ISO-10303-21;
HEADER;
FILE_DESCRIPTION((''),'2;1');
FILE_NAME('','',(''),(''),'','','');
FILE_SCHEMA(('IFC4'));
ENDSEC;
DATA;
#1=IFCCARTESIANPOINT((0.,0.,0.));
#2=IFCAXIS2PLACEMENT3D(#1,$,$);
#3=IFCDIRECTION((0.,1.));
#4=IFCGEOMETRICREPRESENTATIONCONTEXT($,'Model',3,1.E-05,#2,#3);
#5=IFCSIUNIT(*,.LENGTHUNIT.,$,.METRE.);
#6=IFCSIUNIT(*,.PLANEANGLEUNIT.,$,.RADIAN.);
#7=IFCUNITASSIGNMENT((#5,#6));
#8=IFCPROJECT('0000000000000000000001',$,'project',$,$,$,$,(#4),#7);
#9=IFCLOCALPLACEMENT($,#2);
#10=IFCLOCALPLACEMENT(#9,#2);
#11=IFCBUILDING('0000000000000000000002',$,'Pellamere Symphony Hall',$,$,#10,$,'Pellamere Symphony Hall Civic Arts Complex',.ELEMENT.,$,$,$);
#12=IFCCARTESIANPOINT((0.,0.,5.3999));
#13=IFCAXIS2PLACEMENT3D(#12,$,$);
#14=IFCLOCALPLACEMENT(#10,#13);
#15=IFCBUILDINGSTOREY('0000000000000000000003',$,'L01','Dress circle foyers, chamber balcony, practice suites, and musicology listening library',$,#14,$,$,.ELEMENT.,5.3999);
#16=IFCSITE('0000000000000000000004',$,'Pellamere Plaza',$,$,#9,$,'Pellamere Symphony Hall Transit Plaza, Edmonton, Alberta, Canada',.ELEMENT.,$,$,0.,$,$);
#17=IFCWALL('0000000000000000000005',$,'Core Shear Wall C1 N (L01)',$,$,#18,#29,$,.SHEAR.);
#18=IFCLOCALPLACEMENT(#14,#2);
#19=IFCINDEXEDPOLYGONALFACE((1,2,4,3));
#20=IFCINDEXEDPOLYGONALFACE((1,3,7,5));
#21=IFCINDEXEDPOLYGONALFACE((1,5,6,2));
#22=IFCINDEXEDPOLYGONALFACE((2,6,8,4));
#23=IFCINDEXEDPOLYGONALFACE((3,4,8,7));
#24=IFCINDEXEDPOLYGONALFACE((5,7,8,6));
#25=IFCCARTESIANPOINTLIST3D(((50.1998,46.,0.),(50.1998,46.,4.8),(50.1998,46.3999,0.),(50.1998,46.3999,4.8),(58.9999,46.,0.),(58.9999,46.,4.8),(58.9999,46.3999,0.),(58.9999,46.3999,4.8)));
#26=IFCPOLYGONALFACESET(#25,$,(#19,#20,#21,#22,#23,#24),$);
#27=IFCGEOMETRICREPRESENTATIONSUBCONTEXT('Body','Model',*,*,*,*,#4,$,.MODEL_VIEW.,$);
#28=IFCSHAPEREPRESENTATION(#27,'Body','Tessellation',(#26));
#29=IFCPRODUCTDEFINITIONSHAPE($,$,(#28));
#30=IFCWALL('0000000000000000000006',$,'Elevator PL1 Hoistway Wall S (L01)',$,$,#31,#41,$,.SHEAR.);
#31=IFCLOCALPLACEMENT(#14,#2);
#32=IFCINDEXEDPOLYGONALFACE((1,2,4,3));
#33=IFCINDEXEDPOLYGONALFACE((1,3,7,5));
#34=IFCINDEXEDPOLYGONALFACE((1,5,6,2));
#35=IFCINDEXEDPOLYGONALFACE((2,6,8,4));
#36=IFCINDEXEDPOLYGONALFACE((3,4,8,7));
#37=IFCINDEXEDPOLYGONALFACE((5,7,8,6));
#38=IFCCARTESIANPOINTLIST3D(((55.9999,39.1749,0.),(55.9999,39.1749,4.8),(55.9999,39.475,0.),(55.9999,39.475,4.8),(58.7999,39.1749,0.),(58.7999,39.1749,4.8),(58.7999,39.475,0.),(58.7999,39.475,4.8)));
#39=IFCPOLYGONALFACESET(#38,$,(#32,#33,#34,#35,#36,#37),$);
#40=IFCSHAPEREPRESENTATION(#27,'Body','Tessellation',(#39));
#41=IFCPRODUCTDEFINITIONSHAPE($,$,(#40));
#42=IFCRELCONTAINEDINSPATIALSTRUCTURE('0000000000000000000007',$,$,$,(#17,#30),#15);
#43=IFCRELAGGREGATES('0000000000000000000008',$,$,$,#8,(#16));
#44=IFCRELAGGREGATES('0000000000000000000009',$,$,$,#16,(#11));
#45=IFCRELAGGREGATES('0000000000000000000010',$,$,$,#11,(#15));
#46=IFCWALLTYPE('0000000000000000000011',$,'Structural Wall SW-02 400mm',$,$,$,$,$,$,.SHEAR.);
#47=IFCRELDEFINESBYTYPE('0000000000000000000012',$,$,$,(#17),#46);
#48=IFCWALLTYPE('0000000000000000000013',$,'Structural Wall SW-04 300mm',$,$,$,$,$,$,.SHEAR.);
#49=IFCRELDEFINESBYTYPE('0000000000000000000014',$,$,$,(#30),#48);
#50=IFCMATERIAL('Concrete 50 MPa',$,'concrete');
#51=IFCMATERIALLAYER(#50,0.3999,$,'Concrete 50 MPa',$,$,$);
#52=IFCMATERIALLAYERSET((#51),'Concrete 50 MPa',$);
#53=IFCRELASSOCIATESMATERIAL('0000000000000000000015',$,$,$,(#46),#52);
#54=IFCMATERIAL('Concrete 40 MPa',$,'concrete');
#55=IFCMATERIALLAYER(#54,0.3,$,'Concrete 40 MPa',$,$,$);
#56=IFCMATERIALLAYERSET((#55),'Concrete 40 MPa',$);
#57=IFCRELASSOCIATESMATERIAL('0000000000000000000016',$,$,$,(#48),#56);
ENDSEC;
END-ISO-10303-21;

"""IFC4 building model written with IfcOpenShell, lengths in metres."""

from ifc_helpers import new_model, si_unit, direction, frame, frame_2d, origin, place, context, subcontext, project, spatial, rectangle, extrude, material, layer, layer_set, type_object, element, save


model = new_model("IFC4")

# Units and contexts
model_context = context("Model", 3, precision=1e-05, world=origin(), true_north=direction((0.0, 1.0)))
body_context = subcontext(model_context, "Body", "Model", "MODEL_VIEW")
ifc_project = project(units=[si_unit("LENGTHUNIT", "METRE"), si_unit("PLANEANGLEUNIT", "RADIAN")], contexts=[model_context])

# Site, building, storey
site_placement = place(None, origin())
site = spatial("IfcSite", under=ifc_project, at=site_placement, Name="Pellamere Plaza", LongName="Pellamere Symphony Hall Transit Plaza, Edmonton, Alberta, Canada", CompositionType="ELEMENT", RefElevation=0.0)
building_placement = place(site_placement, origin())
building = spatial("IfcBuilding", under=site, at=building_placement, Name="Pellamere Symphony Hall", LongName="Pellamere Symphony Hall Civic Arts Complex", CompositionType="ELEMENT")
storey_placement = place(building_placement, frame((0.0, 0.0, 5.3999)))
storey = spatial("IfcBuildingStorey", under=building, at=storey_placement, Name="L01", Description="Dress circle foyers, chamber balcony, practice suites, and musicology listening library", CompositionType="ELEMENT", Elevation=5.3999)

# Shared definitions
ifc_material_1 = material(Name="Concrete 40 MPa", Category="concrete")

# Walls
ifc_material_2 = material(Name="Concrete 50 MPa", Category="concrete")
ifc_layer_1 = layer(ifc_material_2, 0.3999, Name="Concrete 50 MPa")
ifc_layer_set_1 = layer_set([ifc_layer_1], Name="Concrete 50 MPa")
wall_type_1 = type_object("IfcWallType", Name="Structural Wall SW-02 400mm", PredefinedType="SHEAR", material=ifc_layer_set_1)
wall_1_placement = place(storey_placement, frame((50.2, 46.2, 0.0), z_axis=(0.0, 0.0, 1.0), x_axis=(1.0, 0.0, 0.0)))
element("IfcWall", 1, at=wall_1_placement, inside=storey, type_object=wall_type_1, Name="Core Shear Wall C1 N (L01)", PredefinedType="SHEAR", context=body_context, shape_type="SweptSolid", body=[
    extrude(rectangle(XDim=8.8, YDim=0.3999, at=frame_2d((4.3999, 0.0))), origin(), (0.0, 0.0, 1.0), 4.8),
])
ifc_layer_2 = layer(ifc_material_1, 0.3, Name="Concrete 40 MPa")
ifc_layer_set_2 = layer_set([ifc_layer_2], Name="Concrete 40 MPa")
wall_type_2 = type_object("IfcWallType", Name="Structural Wall SW-04 300mm", PredefinedType="SHEAR", material=ifc_layer_set_2)
wall_2_placement = place(storey_placement, frame((56.0, 39.325, 0.0), z_axis=(0.0, 0.0, 1.0), x_axis=(1.0, 0.0, 0.0)))
element("IfcWall", 2, at=wall_2_placement, inside=storey, type_object=wall_type_2, Name="Elevator PL1 Hoistway Wall S (L01)", PredefinedType="SHEAR", context=body_context, shape_type="SweptSolid", body=[
    extrude(rectangle(XDim=2.8, YDim=0.3, at=frame_2d((1.3999, 0.0))), origin(), (0.0, 0.0, 1.0), 4.8),
])

save(model, "model.ifc")
